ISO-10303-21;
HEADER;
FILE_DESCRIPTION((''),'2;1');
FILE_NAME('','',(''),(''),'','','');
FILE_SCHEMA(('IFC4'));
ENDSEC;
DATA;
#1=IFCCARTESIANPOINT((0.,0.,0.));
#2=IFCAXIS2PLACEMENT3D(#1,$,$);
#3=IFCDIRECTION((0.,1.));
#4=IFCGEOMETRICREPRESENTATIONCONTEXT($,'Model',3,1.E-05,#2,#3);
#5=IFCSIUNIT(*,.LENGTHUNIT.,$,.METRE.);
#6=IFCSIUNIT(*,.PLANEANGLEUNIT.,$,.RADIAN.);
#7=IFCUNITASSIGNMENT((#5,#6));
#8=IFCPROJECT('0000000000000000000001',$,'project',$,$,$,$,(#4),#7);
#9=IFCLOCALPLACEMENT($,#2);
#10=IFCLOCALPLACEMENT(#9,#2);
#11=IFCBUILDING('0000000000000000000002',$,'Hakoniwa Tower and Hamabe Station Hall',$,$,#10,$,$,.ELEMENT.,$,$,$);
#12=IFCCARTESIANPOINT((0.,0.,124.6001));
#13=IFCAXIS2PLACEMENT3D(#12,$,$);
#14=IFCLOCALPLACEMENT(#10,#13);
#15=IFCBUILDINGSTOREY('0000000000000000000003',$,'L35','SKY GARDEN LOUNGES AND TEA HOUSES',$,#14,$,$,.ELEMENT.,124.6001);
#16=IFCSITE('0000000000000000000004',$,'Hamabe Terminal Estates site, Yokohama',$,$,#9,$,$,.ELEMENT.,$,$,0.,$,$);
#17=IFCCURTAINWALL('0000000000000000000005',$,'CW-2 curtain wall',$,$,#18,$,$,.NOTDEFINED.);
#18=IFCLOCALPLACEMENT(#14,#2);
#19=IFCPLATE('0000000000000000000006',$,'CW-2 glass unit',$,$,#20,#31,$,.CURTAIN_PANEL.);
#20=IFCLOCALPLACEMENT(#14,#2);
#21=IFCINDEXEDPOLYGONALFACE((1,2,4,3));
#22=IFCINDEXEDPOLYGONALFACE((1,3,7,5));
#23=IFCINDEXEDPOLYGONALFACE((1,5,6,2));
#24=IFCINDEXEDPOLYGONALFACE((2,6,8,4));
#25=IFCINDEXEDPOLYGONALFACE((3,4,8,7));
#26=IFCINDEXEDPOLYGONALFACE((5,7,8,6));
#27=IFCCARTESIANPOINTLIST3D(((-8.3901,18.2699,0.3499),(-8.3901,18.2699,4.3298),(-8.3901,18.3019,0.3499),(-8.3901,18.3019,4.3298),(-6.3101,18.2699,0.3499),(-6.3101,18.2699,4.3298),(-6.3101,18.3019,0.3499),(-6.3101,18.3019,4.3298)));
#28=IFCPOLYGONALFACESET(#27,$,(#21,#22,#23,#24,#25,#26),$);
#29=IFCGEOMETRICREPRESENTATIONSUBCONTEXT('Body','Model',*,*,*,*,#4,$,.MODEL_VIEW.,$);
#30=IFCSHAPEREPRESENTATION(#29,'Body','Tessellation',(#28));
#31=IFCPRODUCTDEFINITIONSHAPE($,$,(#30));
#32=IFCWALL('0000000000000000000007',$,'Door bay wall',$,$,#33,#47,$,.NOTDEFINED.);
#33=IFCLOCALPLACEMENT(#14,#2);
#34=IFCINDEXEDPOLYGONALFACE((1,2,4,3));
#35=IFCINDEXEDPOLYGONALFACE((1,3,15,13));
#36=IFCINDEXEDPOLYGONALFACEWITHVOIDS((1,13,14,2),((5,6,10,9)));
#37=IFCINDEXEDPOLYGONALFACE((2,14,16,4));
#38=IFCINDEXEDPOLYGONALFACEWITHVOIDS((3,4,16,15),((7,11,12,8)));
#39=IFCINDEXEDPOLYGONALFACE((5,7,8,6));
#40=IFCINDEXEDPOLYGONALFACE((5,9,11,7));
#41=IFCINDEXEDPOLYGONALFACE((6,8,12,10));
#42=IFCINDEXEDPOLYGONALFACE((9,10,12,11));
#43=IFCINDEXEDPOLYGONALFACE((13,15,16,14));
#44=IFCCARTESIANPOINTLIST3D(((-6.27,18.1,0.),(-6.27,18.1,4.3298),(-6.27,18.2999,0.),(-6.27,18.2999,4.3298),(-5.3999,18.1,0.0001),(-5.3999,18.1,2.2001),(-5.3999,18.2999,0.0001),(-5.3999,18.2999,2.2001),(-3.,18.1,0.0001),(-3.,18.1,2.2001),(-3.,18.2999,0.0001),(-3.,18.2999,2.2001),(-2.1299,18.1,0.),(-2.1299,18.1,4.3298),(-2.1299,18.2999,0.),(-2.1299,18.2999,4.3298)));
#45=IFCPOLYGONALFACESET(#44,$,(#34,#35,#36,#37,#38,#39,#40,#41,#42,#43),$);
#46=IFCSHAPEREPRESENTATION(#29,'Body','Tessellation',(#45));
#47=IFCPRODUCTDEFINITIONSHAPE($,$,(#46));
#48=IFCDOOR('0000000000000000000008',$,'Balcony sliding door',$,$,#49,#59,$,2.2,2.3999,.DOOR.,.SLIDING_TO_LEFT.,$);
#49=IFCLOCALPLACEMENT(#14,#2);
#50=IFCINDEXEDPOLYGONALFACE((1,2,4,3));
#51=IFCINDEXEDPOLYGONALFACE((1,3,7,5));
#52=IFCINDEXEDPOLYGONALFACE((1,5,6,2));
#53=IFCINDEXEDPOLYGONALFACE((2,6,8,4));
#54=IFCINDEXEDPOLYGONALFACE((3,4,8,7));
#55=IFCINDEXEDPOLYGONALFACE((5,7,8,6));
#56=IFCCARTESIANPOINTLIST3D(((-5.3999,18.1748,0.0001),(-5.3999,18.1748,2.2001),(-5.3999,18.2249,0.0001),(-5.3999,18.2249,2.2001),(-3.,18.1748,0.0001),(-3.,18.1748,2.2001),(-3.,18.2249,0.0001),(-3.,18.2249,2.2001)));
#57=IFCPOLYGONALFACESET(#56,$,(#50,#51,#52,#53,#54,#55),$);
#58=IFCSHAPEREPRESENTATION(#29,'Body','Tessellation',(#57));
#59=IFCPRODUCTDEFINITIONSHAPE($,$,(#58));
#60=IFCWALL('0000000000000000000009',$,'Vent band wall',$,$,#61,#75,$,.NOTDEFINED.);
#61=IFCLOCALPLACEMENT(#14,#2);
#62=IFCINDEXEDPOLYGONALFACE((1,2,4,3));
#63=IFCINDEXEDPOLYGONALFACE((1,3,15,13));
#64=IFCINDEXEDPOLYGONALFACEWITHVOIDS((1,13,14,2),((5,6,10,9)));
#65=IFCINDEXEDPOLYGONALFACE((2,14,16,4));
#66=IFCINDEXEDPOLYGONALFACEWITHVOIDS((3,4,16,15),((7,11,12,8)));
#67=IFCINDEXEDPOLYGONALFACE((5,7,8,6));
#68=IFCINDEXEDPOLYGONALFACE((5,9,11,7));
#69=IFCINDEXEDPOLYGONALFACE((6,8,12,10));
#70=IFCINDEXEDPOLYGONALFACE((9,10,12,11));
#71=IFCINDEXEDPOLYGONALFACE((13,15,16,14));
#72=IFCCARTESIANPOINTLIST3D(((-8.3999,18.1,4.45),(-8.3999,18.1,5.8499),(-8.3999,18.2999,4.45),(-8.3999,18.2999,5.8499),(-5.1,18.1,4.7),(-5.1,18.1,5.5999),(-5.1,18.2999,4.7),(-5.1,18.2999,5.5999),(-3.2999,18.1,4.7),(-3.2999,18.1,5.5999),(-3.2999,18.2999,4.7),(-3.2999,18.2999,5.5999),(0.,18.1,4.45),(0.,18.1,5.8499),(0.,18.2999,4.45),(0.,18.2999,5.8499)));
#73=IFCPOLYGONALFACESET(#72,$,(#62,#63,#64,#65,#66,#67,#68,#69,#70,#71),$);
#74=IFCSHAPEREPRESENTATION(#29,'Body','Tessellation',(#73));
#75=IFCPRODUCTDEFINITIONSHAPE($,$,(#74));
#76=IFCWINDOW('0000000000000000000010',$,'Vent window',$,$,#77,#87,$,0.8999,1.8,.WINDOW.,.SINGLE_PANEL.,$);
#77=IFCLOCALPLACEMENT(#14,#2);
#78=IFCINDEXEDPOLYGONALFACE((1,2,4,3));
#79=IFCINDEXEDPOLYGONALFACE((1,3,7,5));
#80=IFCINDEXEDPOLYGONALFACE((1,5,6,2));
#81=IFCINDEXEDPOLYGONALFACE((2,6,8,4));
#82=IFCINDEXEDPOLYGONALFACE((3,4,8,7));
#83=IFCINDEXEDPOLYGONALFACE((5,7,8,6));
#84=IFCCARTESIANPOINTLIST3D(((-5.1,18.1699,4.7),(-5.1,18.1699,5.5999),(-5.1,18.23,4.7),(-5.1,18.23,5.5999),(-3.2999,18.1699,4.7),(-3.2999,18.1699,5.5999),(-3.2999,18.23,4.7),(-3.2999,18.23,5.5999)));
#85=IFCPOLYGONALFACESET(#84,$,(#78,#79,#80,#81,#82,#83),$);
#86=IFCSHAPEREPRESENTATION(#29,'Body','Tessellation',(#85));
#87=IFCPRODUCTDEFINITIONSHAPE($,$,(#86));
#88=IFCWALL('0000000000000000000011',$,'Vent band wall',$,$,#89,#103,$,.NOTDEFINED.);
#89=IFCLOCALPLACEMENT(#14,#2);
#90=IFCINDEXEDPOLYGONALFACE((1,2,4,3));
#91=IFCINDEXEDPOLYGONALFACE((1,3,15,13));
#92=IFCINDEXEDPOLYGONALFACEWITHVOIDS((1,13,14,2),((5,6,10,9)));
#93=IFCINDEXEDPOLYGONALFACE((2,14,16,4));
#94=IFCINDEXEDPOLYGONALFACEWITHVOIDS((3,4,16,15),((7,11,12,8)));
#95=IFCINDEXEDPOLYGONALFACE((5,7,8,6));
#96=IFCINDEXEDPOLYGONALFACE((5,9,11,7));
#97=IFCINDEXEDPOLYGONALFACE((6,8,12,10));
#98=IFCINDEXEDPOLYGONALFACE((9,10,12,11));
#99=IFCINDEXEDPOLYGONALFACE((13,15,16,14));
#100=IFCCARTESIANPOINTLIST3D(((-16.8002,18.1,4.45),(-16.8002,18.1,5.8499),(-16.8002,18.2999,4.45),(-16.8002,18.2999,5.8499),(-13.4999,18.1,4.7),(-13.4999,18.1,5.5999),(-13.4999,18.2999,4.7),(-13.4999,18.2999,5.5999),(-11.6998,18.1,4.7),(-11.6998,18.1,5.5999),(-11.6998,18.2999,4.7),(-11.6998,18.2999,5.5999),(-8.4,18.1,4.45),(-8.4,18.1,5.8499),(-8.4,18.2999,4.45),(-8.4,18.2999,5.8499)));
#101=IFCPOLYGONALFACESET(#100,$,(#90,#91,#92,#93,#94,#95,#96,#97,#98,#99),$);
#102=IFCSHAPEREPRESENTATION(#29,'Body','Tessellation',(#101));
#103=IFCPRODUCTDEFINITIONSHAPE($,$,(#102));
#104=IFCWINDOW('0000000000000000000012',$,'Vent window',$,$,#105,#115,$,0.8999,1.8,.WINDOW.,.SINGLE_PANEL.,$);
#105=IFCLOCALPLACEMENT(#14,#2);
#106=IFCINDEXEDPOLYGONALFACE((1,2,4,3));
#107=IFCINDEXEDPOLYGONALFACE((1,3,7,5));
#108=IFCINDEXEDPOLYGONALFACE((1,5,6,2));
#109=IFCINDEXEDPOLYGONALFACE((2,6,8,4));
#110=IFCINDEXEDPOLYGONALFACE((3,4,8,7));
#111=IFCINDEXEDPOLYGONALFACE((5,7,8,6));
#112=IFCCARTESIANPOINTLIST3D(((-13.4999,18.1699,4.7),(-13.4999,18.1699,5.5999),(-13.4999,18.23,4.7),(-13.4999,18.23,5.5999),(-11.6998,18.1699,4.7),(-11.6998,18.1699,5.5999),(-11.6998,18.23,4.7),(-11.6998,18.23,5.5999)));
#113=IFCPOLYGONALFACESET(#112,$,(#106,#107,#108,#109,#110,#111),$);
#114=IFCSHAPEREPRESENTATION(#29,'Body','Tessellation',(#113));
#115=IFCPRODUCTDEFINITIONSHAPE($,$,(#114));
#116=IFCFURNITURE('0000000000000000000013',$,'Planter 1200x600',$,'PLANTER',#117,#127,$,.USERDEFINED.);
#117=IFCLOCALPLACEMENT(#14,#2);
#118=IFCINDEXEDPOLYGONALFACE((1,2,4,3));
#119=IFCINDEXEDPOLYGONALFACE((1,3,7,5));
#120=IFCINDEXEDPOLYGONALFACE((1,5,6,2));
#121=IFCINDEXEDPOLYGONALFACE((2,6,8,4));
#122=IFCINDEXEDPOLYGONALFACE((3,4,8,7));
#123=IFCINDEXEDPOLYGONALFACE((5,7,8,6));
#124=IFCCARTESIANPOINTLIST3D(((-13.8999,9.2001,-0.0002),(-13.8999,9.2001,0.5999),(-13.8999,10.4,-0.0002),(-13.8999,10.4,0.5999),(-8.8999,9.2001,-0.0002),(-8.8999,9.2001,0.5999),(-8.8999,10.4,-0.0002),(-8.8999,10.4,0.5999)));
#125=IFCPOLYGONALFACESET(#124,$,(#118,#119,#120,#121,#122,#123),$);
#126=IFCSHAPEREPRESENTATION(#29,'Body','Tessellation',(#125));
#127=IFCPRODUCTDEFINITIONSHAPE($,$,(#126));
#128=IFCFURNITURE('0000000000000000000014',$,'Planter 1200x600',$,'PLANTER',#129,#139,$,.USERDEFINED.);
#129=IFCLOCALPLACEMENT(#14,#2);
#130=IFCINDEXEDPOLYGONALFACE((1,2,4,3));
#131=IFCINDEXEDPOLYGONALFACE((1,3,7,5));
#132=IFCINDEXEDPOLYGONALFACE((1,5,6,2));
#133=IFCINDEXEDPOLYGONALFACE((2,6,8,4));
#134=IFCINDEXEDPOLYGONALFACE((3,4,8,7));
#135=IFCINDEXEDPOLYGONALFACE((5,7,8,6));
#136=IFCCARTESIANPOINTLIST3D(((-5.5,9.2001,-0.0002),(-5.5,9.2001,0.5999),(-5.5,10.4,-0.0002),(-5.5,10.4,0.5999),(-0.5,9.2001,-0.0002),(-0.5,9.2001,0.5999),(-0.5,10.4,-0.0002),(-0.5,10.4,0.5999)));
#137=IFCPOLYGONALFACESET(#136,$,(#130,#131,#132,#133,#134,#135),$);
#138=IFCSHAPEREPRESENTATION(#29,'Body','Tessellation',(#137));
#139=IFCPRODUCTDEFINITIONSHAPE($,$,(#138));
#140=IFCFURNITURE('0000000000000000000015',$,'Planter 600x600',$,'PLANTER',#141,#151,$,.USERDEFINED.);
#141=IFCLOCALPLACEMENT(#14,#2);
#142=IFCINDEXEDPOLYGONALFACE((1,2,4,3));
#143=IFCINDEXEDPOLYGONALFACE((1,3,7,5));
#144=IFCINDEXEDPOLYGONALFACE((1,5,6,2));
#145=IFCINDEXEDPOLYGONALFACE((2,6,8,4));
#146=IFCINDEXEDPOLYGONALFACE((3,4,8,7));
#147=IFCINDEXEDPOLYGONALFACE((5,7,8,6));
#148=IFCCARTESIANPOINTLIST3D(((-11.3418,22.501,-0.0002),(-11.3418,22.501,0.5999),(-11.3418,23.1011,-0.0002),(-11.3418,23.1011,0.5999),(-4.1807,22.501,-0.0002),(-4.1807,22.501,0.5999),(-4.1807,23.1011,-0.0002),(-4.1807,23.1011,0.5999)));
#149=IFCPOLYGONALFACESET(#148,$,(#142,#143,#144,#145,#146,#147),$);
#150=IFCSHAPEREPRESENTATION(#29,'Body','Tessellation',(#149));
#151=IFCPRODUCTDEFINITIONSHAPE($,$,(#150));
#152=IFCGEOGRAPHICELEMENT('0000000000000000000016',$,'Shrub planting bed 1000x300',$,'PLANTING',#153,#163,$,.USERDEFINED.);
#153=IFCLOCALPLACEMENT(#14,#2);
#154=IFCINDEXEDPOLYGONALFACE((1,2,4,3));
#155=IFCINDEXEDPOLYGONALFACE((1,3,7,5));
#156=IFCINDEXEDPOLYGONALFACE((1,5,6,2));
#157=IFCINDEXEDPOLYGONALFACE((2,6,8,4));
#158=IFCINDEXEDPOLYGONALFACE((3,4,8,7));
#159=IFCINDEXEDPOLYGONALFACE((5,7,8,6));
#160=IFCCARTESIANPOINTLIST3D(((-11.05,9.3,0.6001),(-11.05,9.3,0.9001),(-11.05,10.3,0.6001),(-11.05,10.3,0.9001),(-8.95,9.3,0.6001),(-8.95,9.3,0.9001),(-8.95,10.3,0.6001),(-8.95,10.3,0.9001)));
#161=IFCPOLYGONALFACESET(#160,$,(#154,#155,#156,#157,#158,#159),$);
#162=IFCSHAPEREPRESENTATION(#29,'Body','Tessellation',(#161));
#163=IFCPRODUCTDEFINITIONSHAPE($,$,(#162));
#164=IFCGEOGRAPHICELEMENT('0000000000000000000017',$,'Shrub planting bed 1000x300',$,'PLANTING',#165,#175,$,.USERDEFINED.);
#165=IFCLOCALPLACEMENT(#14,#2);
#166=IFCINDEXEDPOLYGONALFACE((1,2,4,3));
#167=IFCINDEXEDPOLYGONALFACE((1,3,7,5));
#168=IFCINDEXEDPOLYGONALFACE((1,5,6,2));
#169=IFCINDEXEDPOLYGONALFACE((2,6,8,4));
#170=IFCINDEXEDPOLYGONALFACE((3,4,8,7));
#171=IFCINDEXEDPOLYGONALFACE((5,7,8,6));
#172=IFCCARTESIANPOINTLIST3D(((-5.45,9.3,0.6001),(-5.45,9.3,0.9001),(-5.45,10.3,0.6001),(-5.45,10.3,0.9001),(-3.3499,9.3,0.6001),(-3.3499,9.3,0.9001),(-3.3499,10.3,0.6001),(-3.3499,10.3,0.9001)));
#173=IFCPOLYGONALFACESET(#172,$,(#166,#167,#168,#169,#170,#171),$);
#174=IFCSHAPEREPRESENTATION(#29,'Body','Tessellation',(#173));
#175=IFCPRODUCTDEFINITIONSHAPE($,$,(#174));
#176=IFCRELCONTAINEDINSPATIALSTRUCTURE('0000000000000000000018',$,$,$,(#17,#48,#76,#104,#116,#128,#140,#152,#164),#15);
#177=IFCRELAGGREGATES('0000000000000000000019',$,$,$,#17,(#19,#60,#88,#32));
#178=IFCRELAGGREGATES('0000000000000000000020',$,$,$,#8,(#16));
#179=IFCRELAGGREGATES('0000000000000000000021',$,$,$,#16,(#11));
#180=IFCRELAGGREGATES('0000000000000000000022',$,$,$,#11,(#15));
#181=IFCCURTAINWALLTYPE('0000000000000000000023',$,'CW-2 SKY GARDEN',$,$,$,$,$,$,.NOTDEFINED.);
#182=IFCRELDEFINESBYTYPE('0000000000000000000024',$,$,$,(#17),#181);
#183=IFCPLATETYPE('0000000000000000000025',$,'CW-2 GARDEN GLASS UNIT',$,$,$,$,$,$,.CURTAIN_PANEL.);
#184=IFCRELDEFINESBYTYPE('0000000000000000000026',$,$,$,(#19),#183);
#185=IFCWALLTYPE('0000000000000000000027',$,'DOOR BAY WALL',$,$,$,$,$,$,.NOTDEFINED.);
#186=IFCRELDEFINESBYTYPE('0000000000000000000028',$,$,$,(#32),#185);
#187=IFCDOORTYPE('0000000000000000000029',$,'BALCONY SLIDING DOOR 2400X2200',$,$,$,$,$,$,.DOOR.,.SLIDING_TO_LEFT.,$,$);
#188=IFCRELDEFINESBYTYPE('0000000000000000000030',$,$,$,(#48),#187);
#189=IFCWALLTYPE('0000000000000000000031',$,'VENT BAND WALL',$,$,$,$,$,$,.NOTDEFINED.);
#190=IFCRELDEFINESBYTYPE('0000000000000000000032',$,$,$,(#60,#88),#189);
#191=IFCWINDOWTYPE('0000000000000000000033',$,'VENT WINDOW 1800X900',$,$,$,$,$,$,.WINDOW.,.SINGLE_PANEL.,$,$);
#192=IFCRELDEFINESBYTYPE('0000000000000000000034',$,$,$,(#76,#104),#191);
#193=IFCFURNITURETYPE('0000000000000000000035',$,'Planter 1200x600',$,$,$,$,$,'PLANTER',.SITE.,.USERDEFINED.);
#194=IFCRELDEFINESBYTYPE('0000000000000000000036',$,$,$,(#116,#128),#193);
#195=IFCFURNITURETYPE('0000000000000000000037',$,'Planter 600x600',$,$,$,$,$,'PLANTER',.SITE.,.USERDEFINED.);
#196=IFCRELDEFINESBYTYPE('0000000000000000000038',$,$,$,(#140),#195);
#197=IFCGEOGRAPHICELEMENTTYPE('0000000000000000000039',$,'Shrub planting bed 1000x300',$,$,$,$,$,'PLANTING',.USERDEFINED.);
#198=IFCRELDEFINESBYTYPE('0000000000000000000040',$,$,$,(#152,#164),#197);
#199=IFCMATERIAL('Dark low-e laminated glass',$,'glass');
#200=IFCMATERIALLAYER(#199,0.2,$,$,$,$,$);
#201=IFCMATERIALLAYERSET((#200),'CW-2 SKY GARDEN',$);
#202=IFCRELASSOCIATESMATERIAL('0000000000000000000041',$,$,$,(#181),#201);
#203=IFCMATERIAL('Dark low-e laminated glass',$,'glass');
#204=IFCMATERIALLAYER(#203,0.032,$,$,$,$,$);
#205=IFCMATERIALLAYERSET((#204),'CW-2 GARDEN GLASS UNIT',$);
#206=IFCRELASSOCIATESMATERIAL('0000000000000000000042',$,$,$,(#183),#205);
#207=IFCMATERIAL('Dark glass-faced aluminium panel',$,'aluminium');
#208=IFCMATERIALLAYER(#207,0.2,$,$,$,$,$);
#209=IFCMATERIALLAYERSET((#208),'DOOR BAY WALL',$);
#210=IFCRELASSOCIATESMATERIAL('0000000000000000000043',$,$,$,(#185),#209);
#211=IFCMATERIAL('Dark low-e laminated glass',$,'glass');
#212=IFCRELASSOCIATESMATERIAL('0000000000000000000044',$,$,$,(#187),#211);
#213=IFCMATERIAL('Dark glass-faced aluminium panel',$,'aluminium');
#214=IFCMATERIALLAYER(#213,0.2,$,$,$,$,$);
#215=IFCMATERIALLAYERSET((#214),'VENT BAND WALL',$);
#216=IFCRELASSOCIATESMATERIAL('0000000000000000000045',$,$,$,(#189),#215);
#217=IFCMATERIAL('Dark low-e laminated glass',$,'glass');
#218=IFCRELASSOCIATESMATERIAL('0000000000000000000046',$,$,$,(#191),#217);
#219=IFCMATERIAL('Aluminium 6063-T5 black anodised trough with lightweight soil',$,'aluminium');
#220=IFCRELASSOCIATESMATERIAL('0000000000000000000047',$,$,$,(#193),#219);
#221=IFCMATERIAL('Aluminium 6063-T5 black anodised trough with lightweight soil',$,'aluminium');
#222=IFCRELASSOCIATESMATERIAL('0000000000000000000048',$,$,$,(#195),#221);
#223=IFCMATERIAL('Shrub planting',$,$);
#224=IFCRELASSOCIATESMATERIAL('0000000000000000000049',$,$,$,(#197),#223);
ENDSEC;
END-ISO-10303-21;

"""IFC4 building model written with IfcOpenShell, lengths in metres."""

from ifc_helpers import new_model, si_unit, direction, frame, frame_2d, origin, origin_2d, place, context, subcontext, project, spatial, rectangle, extrude, material, layer, layer_set, type_object, element, fill, aggregate, save


model = new_model("IFC4")

# Units and contexts
model_context = context("Model", 3, precision=1e-05, world=origin(), true_north=direction((0.0, 1.0)))
body_context = subcontext(model_context, "Body", "Model", "MODEL_VIEW")
ifc_project = project(units=[si_unit("LENGTHUNIT", "METRE"), si_unit("PLANEANGLEUNIT", "RADIAN")], contexts=[model_context])

# Site, building, storey
site_placement = place(None, origin())
site = spatial("IfcSite", under=ifc_project, at=site_placement, Name="Hamabe Terminal Estates site, Yokohama", CompositionType="ELEMENT", RefElevation=0.0)
building_placement = place(site_placement, origin())
building = spatial("IfcBuilding", under=site, at=building_placement, Name="Hakoniwa Tower and Hamabe Station Hall", CompositionType="ELEMENT")
storey_placement = place(building_placement, frame((0.0, 0.0, 124.6001)))
storey = spatial("IfcBuildingStorey", under=building, at=storey_placement, Name="L35", Description="SKY GARDEN LOUNGES AND TEA HOUSES", CompositionType="ELEMENT", Elevation=124.6001)

# Curtain wall, plate, walls, openings, door, windows
ifc_material_1 = material(Name="Dark low-e laminated glass", Category="glass")
ifc_layer_1 = layer(ifc_material_1, 0.2)
ifc_layer_set_1 = layer_set([ifc_layer_1], Name="CW-2 SKY GARDEN")
curtain_wall_type = type_object("IfcCurtainWallType", Name="CW-2 SKY GARDEN", PredefinedType="NOTDEFINED", material=ifc_layer_set_1)
curtain_wall_placement = place(storey_placement, origin())
curtain_wall = element("IfcCurtainWall", 1, at=curtain_wall_placement, inside=storey, type_object=curtain_wall_type, Name="CW-2 curtain wall", PredefinedType="NOTDEFINED")
ifc_material_2 = material(Name="Dark low-e laminated glass", Category="glass")
ifc_layer_2 = layer(ifc_material_2, 0.032)
ifc_layer_set_2 = layer_set([ifc_layer_2], Name="CW-2 GARDEN GLASS UNIT")
plate_type = type_object("IfcPlateType", Name="CW-2 GARDEN GLASS UNIT", PredefinedType="CURTAIN_PANEL", material=ifc_layer_set_2)
plate_1_placement = place(storey_placement, frame((-7.3501, 18.2859, 0.3499), z_axis=(0.0, 0.0, 1.0), x_axis=(-1.0, 0.0, 0.0)))
plate_1 = element("IfcPlate", 2, at=plate_1_placement, type_object=plate_type, Name="CW-2 glass unit", PredefinedType="CURTAIN_PANEL", context=body_context, shape_type="SweptSolid", body=[
    extrude(rectangle(XDim=2.0801, YDim=0.032, at=origin_2d()), origin(), (0.0, 0.0, 1.0), 3.98),
])
ifc_material_3 = material(Name="Dark glass-faced aluminium panel", Category="aluminium")
ifc_layer_3 = layer(ifc_material_3, 0.2)
ifc_layer_set_3 = layer_set([ifc_layer_3], Name="DOOR BAY WALL")
wall_type_1 = type_object("IfcWallType", Name="DOOR BAY WALL", PredefinedType="NOTDEFINED", material=ifc_layer_set_3)
wall_1_placement = place(storey_placement, frame((-2.1299, 18.2, 0.0), z_axis=(0.0, 0.0, 1.0), x_axis=(-1.0, 0.0, 0.0)))
wall_1 = element("IfcWall", 3, at=wall_1_placement, type_object=wall_type_1, Name="Door bay wall", PredefinedType="NOTDEFINED", context=body_context, shape_type="SweptSolid", body=[
    extrude(rectangle(XDim=4.1401, YDim=0.2, at=frame_2d((2.0701, 0.0))), origin(), (0.0, 0.0, 1.0), 4.3298),
])
opening_1_placement = place(wall_1_placement, frame((0.8701, 0.0, 0.0)))
opening_1 = element("IfcOpeningElement", 4, at=opening_1_placement, cuts=wall_1, PredefinedType="OPENING", context=body_context, shape_type="SweptSolid", body=[
    extrude(rectangle(XDim=2.3999, YDim=2.2, at=frame_2d((1.2, 1.1001))), frame((0.0, 0.1099, 0.0), z_axis=(0.0, -1.0, 0.0), x_axis=(1.0, 0.0, 0.0)), (0.0, 0.0, 1.0), 0.22),
])
ifc_material_4 = material(Name="Dark low-e laminated glass", Category="glass")
door_type = type_object("IfcDoorType", Name="BALCONY SLIDING DOOR 2400X2200", OperationType="SLIDING_TO_LEFT", PredefinedType="DOOR", material=ifc_material_4)
door_placement = place(opening_1_placement, frame((2.3999, 0.0, 0.0), z_axis=(0.0, 0.0, 1.0), x_axis=(-1.0, 0.0, 0.0)))
door = element("IfcDoor", 5, at=door_placement, inside=storey, type_object=door_type, Name="Balcony sliding door", OperationType="SLIDING_TO_LEFT", OverallHeight=2.2, OverallWidth=2.3999, PredefinedType="DOOR", context=body_context, shape_type="SweptSolid", body=[
    extrude(rectangle(XDim=2.3999, YDim=2.2, at=frame_2d((1.2, 1.1001))), frame((0.0, 0.0249, 0.0), z_axis=(0.0, -1.0, 0.0), x_axis=(1.0, 0.0, 0.0)), (0.0, 0.0, 1.0), 0.05),
])
fill(opening_1, door)
ifc_material_5 = material(Name="Dark glass-faced aluminium panel", Category="aluminium")
ifc_layer_4 = layer(ifc_material_5, 0.2)
ifc_layer_set_4 = layer_set([ifc_layer_4], Name="VENT BAND WALL")
wall_type_2 = type_object("IfcWallType", Name="VENT BAND WALL", PredefinedType="NOTDEFINED", material=ifc_layer_set_4)
wall_2_placement = place(storey_placement, frame((0.0, 18.2, 4.45), z_axis=(0.0, 0.0, 1.0), x_axis=(-1.0, 0.0, 0.0)))
wall_2 = element("IfcWall", 6, at=wall_2_placement, type_object=wall_type_2, Name="Vent band wall", PredefinedType="NOTDEFINED", context=body_context, shape_type="SweptSolid", body=[
    extrude(rectangle(XDim=8.3999, YDim=0.2, at=frame_2d((4.2, 0.0))), origin(), (0.0, 0.0, 1.0), 1.3999),
])
opening_2_placement = place(wall_2_placement, frame((3.3, 0.0, 0.25)))
opening_2 = element("IfcOpeningElement", 7, at=opening_2_placement, cuts=wall_2, PredefinedType="OPENING", context=body_context, shape_type="SweptSolid", body=[
    extrude(rectangle(XDim=1.8, YDim=0.8999, at=frame_2d((0.8999, 0.45))), frame((0.0, 0.1099, 0.0), z_axis=(0.0, -1.0, 0.0), x_axis=(1.0, 0.0, 0.0)), (0.0, 0.0, 1.0), 0.22),
])
ifc_material_6 = material(Name="Dark low-e laminated glass", Category="glass")
window_type = type_object("IfcWindowType", Name="VENT WINDOW 1800X900", PartitioningType="SINGLE_PANEL", PredefinedType="WINDOW", material=ifc_material_6)
window_1_placement = place(opening_2_placement, origin())
window_1 = element("IfcWindow", 8, at=window_1_placement, inside=storey, type_object=window_type, Name="Vent window", OverallHeight=0.8999, OverallWidth=1.8, PartitioningType="SINGLE_PANEL", PredefinedType="WINDOW", context=body_context, shape_type="SweptSolid", body=[
    extrude(rectangle(XDim=1.8, YDim=0.8999, at=frame_2d((0.8999, 0.45))), frame((0.0, 0.03, 0.0), z_axis=(0.0, -1.0, 0.0), x_axis=(1.0, 0.0, 0.0)), (0.0, 0.0, 1.0), 0.0601),
])
fill(opening_2, window_1)
wall_3_placement = place(storey_placement, frame((-8.3999, 18.2, 4.45), z_axis=(0.0, 0.0, 1.0), x_axis=(-1.0, 0.0, 0.0)))
wall_3 = element("IfcWall", 9, at=wall_3_placement, type_object=wall_type_2, Name="Vent band wall", PredefinedType="NOTDEFINED", context=body_context, shape_type="SweptSolid", body=[
    extrude(rectangle(XDim=8.4001, YDim=0.2, at=frame_2d((4.2002, 0.0))), origin(), (0.0, 0.0, 1.0), 1.3999),
])
opening_3_placement = place(wall_3_placement, frame((3.3, 0.0, 0.25)))
opening_3 = element("IfcOpeningElement", 10, at=opening_3_placement, cuts=wall_3, PredefinedType="OPENING", context=body_context, shape_type="SweptSolid", body=[
    extrude(rectangle(XDim=1.8, YDim=0.8999, at=frame_2d((0.8999, 0.45))), frame((0.0, 0.1099, 0.0), z_axis=(0.0, -1.0, 0.0), x_axis=(1.0, 0.0, 0.0)), (0.0, 0.0, 1.0), 0.22),
])
window_2_placement = place(opening_3_placement, origin())
window_2 = element("IfcWindow", 11, at=window_2_placement, inside=storey, type_object=window_type, Name="Vent window", OverallHeight=0.8999, OverallWidth=1.8, PartitioningType="SINGLE_PANEL", PredefinedType="WINDOW", context=body_context, shape_type="SweptSolid", body=[
    extrude(rectangle(XDim=1.8, YDim=0.8999, at=frame_2d((0.8999, 0.45))), frame((0.0, 0.03, 0.0), z_axis=(0.0, -1.0, 0.0), x_axis=(1.0, 0.0, 0.0)), (0.0, 0.0, 1.0), 0.0601),
])
fill(opening_3, window_2)
aggregate(curtain_wall, [plate_1, wall_2, wall_3, wall_1])

# Furniture
ifc_material_7 = material(Name="Aluminium 6063-T5 black anodised trough with lightweight soil", Category="aluminium")
furniture_type_1 = type_object("IfcFurnitureType", Name="Planter 1200x600", ElementType="PLANTER", AssemblyPlace="SITE", PredefinedType="USERDEFINED", material=ifc_material_7)
for number, where, z_axis, x_axis, name in (
    (12, (-11.3999, 9.8, -0.0002), (0.0, 0.0, 1.0), (1.0, 0.0, 0.0), "Planter 1200x600"),
    (13, (-3.0, 9.8, -0.0002), (0.0, 0.0, 1.0), (1.0, 0.0, 0.0), "Planter 1200x600"),
):
    element("IfcFurniture", number, at=place(storey_placement, frame(where, z_axis=z_axis, x_axis=x_axis)), inside=storey, type_object=furniture_type_1, Name=name, ObjectType="PLANTER", PredefinedType="USERDEFINED", context=body_context, shape_type="SweptSolid", body=[
        extrude(rectangle(XDim=5.0, YDim=1.2, at=origin_2d()), origin(), (0.0, 0.0, 1.0), 0.6001),
    ])
ifc_material_8 = material(Name="Aluminium 6063-T5 black anodised trough with lightweight soil", Category="aluminium")
furniture_type_2 = type_object("IfcFurnitureType", Name="Planter 600x600", ElementType="PLANTER", AssemblyPlace="SITE", PredefinedType="USERDEFINED", material=ifc_material_8)
furniture_placement = place(storey_placement, frame((-7.7612, 22.801, -0.0002), z_axis=(0.0, 0.0, 1.0), x_axis=(-1.0, 0.0, 0.0)))
element("IfcFurniture", 14, at=furniture_placement, inside=storey, type_object=furniture_type_2, Name="Planter 600x600", ObjectType="PLANTER", PredefinedType="USERDEFINED", context=body_context, shape_type="SweptSolid", body=[
    extrude(rectangle(XDim=7.1611, YDim=0.6001, at=origin_2d()), origin(), (0.0, 0.0, 1.0), 0.6001),
])

# Geographic elements
ifc_material_9 = material(Name="Shrub planting")
geographic_element_type_1 = type_object("IfcGeographicElementType", Name="Shrub planting bed 1000x300", ElementType="PLANTING", PredefinedType="USERDEFINED", material=ifc_material_9)
for number, where, z_axis, x_axis, name in (
    (15, (-10.0, 9.8, 0.6001), (0.0, 0.0, 1.0), (1.0, 0.0, 0.0), "Shrub planting bed 1000x300"),
    (16, (-4.3999, 9.8, 0.6001), (0.0, 0.0, 1.0), (1.0, 0.0, 0.0), "Shrub planting bed 1000x300"),
):
    element("IfcGeographicElement", number, at=place(storey_placement, frame(where, z_axis=z_axis, x_axis=x_axis)), inside=storey, type_object=geographic_element_type_1, Name=name, ObjectType="PLANTING", PredefinedType="USERDEFINED", context=body_context, shape_type="SweptSolid", body=[
        extrude(rectangle(XDim=2.1001, YDim=1.0, at=origin_2d()), origin(), (0.0, 0.0, 1.0), 0.3),
    ])

save(model, "model.ifc")
